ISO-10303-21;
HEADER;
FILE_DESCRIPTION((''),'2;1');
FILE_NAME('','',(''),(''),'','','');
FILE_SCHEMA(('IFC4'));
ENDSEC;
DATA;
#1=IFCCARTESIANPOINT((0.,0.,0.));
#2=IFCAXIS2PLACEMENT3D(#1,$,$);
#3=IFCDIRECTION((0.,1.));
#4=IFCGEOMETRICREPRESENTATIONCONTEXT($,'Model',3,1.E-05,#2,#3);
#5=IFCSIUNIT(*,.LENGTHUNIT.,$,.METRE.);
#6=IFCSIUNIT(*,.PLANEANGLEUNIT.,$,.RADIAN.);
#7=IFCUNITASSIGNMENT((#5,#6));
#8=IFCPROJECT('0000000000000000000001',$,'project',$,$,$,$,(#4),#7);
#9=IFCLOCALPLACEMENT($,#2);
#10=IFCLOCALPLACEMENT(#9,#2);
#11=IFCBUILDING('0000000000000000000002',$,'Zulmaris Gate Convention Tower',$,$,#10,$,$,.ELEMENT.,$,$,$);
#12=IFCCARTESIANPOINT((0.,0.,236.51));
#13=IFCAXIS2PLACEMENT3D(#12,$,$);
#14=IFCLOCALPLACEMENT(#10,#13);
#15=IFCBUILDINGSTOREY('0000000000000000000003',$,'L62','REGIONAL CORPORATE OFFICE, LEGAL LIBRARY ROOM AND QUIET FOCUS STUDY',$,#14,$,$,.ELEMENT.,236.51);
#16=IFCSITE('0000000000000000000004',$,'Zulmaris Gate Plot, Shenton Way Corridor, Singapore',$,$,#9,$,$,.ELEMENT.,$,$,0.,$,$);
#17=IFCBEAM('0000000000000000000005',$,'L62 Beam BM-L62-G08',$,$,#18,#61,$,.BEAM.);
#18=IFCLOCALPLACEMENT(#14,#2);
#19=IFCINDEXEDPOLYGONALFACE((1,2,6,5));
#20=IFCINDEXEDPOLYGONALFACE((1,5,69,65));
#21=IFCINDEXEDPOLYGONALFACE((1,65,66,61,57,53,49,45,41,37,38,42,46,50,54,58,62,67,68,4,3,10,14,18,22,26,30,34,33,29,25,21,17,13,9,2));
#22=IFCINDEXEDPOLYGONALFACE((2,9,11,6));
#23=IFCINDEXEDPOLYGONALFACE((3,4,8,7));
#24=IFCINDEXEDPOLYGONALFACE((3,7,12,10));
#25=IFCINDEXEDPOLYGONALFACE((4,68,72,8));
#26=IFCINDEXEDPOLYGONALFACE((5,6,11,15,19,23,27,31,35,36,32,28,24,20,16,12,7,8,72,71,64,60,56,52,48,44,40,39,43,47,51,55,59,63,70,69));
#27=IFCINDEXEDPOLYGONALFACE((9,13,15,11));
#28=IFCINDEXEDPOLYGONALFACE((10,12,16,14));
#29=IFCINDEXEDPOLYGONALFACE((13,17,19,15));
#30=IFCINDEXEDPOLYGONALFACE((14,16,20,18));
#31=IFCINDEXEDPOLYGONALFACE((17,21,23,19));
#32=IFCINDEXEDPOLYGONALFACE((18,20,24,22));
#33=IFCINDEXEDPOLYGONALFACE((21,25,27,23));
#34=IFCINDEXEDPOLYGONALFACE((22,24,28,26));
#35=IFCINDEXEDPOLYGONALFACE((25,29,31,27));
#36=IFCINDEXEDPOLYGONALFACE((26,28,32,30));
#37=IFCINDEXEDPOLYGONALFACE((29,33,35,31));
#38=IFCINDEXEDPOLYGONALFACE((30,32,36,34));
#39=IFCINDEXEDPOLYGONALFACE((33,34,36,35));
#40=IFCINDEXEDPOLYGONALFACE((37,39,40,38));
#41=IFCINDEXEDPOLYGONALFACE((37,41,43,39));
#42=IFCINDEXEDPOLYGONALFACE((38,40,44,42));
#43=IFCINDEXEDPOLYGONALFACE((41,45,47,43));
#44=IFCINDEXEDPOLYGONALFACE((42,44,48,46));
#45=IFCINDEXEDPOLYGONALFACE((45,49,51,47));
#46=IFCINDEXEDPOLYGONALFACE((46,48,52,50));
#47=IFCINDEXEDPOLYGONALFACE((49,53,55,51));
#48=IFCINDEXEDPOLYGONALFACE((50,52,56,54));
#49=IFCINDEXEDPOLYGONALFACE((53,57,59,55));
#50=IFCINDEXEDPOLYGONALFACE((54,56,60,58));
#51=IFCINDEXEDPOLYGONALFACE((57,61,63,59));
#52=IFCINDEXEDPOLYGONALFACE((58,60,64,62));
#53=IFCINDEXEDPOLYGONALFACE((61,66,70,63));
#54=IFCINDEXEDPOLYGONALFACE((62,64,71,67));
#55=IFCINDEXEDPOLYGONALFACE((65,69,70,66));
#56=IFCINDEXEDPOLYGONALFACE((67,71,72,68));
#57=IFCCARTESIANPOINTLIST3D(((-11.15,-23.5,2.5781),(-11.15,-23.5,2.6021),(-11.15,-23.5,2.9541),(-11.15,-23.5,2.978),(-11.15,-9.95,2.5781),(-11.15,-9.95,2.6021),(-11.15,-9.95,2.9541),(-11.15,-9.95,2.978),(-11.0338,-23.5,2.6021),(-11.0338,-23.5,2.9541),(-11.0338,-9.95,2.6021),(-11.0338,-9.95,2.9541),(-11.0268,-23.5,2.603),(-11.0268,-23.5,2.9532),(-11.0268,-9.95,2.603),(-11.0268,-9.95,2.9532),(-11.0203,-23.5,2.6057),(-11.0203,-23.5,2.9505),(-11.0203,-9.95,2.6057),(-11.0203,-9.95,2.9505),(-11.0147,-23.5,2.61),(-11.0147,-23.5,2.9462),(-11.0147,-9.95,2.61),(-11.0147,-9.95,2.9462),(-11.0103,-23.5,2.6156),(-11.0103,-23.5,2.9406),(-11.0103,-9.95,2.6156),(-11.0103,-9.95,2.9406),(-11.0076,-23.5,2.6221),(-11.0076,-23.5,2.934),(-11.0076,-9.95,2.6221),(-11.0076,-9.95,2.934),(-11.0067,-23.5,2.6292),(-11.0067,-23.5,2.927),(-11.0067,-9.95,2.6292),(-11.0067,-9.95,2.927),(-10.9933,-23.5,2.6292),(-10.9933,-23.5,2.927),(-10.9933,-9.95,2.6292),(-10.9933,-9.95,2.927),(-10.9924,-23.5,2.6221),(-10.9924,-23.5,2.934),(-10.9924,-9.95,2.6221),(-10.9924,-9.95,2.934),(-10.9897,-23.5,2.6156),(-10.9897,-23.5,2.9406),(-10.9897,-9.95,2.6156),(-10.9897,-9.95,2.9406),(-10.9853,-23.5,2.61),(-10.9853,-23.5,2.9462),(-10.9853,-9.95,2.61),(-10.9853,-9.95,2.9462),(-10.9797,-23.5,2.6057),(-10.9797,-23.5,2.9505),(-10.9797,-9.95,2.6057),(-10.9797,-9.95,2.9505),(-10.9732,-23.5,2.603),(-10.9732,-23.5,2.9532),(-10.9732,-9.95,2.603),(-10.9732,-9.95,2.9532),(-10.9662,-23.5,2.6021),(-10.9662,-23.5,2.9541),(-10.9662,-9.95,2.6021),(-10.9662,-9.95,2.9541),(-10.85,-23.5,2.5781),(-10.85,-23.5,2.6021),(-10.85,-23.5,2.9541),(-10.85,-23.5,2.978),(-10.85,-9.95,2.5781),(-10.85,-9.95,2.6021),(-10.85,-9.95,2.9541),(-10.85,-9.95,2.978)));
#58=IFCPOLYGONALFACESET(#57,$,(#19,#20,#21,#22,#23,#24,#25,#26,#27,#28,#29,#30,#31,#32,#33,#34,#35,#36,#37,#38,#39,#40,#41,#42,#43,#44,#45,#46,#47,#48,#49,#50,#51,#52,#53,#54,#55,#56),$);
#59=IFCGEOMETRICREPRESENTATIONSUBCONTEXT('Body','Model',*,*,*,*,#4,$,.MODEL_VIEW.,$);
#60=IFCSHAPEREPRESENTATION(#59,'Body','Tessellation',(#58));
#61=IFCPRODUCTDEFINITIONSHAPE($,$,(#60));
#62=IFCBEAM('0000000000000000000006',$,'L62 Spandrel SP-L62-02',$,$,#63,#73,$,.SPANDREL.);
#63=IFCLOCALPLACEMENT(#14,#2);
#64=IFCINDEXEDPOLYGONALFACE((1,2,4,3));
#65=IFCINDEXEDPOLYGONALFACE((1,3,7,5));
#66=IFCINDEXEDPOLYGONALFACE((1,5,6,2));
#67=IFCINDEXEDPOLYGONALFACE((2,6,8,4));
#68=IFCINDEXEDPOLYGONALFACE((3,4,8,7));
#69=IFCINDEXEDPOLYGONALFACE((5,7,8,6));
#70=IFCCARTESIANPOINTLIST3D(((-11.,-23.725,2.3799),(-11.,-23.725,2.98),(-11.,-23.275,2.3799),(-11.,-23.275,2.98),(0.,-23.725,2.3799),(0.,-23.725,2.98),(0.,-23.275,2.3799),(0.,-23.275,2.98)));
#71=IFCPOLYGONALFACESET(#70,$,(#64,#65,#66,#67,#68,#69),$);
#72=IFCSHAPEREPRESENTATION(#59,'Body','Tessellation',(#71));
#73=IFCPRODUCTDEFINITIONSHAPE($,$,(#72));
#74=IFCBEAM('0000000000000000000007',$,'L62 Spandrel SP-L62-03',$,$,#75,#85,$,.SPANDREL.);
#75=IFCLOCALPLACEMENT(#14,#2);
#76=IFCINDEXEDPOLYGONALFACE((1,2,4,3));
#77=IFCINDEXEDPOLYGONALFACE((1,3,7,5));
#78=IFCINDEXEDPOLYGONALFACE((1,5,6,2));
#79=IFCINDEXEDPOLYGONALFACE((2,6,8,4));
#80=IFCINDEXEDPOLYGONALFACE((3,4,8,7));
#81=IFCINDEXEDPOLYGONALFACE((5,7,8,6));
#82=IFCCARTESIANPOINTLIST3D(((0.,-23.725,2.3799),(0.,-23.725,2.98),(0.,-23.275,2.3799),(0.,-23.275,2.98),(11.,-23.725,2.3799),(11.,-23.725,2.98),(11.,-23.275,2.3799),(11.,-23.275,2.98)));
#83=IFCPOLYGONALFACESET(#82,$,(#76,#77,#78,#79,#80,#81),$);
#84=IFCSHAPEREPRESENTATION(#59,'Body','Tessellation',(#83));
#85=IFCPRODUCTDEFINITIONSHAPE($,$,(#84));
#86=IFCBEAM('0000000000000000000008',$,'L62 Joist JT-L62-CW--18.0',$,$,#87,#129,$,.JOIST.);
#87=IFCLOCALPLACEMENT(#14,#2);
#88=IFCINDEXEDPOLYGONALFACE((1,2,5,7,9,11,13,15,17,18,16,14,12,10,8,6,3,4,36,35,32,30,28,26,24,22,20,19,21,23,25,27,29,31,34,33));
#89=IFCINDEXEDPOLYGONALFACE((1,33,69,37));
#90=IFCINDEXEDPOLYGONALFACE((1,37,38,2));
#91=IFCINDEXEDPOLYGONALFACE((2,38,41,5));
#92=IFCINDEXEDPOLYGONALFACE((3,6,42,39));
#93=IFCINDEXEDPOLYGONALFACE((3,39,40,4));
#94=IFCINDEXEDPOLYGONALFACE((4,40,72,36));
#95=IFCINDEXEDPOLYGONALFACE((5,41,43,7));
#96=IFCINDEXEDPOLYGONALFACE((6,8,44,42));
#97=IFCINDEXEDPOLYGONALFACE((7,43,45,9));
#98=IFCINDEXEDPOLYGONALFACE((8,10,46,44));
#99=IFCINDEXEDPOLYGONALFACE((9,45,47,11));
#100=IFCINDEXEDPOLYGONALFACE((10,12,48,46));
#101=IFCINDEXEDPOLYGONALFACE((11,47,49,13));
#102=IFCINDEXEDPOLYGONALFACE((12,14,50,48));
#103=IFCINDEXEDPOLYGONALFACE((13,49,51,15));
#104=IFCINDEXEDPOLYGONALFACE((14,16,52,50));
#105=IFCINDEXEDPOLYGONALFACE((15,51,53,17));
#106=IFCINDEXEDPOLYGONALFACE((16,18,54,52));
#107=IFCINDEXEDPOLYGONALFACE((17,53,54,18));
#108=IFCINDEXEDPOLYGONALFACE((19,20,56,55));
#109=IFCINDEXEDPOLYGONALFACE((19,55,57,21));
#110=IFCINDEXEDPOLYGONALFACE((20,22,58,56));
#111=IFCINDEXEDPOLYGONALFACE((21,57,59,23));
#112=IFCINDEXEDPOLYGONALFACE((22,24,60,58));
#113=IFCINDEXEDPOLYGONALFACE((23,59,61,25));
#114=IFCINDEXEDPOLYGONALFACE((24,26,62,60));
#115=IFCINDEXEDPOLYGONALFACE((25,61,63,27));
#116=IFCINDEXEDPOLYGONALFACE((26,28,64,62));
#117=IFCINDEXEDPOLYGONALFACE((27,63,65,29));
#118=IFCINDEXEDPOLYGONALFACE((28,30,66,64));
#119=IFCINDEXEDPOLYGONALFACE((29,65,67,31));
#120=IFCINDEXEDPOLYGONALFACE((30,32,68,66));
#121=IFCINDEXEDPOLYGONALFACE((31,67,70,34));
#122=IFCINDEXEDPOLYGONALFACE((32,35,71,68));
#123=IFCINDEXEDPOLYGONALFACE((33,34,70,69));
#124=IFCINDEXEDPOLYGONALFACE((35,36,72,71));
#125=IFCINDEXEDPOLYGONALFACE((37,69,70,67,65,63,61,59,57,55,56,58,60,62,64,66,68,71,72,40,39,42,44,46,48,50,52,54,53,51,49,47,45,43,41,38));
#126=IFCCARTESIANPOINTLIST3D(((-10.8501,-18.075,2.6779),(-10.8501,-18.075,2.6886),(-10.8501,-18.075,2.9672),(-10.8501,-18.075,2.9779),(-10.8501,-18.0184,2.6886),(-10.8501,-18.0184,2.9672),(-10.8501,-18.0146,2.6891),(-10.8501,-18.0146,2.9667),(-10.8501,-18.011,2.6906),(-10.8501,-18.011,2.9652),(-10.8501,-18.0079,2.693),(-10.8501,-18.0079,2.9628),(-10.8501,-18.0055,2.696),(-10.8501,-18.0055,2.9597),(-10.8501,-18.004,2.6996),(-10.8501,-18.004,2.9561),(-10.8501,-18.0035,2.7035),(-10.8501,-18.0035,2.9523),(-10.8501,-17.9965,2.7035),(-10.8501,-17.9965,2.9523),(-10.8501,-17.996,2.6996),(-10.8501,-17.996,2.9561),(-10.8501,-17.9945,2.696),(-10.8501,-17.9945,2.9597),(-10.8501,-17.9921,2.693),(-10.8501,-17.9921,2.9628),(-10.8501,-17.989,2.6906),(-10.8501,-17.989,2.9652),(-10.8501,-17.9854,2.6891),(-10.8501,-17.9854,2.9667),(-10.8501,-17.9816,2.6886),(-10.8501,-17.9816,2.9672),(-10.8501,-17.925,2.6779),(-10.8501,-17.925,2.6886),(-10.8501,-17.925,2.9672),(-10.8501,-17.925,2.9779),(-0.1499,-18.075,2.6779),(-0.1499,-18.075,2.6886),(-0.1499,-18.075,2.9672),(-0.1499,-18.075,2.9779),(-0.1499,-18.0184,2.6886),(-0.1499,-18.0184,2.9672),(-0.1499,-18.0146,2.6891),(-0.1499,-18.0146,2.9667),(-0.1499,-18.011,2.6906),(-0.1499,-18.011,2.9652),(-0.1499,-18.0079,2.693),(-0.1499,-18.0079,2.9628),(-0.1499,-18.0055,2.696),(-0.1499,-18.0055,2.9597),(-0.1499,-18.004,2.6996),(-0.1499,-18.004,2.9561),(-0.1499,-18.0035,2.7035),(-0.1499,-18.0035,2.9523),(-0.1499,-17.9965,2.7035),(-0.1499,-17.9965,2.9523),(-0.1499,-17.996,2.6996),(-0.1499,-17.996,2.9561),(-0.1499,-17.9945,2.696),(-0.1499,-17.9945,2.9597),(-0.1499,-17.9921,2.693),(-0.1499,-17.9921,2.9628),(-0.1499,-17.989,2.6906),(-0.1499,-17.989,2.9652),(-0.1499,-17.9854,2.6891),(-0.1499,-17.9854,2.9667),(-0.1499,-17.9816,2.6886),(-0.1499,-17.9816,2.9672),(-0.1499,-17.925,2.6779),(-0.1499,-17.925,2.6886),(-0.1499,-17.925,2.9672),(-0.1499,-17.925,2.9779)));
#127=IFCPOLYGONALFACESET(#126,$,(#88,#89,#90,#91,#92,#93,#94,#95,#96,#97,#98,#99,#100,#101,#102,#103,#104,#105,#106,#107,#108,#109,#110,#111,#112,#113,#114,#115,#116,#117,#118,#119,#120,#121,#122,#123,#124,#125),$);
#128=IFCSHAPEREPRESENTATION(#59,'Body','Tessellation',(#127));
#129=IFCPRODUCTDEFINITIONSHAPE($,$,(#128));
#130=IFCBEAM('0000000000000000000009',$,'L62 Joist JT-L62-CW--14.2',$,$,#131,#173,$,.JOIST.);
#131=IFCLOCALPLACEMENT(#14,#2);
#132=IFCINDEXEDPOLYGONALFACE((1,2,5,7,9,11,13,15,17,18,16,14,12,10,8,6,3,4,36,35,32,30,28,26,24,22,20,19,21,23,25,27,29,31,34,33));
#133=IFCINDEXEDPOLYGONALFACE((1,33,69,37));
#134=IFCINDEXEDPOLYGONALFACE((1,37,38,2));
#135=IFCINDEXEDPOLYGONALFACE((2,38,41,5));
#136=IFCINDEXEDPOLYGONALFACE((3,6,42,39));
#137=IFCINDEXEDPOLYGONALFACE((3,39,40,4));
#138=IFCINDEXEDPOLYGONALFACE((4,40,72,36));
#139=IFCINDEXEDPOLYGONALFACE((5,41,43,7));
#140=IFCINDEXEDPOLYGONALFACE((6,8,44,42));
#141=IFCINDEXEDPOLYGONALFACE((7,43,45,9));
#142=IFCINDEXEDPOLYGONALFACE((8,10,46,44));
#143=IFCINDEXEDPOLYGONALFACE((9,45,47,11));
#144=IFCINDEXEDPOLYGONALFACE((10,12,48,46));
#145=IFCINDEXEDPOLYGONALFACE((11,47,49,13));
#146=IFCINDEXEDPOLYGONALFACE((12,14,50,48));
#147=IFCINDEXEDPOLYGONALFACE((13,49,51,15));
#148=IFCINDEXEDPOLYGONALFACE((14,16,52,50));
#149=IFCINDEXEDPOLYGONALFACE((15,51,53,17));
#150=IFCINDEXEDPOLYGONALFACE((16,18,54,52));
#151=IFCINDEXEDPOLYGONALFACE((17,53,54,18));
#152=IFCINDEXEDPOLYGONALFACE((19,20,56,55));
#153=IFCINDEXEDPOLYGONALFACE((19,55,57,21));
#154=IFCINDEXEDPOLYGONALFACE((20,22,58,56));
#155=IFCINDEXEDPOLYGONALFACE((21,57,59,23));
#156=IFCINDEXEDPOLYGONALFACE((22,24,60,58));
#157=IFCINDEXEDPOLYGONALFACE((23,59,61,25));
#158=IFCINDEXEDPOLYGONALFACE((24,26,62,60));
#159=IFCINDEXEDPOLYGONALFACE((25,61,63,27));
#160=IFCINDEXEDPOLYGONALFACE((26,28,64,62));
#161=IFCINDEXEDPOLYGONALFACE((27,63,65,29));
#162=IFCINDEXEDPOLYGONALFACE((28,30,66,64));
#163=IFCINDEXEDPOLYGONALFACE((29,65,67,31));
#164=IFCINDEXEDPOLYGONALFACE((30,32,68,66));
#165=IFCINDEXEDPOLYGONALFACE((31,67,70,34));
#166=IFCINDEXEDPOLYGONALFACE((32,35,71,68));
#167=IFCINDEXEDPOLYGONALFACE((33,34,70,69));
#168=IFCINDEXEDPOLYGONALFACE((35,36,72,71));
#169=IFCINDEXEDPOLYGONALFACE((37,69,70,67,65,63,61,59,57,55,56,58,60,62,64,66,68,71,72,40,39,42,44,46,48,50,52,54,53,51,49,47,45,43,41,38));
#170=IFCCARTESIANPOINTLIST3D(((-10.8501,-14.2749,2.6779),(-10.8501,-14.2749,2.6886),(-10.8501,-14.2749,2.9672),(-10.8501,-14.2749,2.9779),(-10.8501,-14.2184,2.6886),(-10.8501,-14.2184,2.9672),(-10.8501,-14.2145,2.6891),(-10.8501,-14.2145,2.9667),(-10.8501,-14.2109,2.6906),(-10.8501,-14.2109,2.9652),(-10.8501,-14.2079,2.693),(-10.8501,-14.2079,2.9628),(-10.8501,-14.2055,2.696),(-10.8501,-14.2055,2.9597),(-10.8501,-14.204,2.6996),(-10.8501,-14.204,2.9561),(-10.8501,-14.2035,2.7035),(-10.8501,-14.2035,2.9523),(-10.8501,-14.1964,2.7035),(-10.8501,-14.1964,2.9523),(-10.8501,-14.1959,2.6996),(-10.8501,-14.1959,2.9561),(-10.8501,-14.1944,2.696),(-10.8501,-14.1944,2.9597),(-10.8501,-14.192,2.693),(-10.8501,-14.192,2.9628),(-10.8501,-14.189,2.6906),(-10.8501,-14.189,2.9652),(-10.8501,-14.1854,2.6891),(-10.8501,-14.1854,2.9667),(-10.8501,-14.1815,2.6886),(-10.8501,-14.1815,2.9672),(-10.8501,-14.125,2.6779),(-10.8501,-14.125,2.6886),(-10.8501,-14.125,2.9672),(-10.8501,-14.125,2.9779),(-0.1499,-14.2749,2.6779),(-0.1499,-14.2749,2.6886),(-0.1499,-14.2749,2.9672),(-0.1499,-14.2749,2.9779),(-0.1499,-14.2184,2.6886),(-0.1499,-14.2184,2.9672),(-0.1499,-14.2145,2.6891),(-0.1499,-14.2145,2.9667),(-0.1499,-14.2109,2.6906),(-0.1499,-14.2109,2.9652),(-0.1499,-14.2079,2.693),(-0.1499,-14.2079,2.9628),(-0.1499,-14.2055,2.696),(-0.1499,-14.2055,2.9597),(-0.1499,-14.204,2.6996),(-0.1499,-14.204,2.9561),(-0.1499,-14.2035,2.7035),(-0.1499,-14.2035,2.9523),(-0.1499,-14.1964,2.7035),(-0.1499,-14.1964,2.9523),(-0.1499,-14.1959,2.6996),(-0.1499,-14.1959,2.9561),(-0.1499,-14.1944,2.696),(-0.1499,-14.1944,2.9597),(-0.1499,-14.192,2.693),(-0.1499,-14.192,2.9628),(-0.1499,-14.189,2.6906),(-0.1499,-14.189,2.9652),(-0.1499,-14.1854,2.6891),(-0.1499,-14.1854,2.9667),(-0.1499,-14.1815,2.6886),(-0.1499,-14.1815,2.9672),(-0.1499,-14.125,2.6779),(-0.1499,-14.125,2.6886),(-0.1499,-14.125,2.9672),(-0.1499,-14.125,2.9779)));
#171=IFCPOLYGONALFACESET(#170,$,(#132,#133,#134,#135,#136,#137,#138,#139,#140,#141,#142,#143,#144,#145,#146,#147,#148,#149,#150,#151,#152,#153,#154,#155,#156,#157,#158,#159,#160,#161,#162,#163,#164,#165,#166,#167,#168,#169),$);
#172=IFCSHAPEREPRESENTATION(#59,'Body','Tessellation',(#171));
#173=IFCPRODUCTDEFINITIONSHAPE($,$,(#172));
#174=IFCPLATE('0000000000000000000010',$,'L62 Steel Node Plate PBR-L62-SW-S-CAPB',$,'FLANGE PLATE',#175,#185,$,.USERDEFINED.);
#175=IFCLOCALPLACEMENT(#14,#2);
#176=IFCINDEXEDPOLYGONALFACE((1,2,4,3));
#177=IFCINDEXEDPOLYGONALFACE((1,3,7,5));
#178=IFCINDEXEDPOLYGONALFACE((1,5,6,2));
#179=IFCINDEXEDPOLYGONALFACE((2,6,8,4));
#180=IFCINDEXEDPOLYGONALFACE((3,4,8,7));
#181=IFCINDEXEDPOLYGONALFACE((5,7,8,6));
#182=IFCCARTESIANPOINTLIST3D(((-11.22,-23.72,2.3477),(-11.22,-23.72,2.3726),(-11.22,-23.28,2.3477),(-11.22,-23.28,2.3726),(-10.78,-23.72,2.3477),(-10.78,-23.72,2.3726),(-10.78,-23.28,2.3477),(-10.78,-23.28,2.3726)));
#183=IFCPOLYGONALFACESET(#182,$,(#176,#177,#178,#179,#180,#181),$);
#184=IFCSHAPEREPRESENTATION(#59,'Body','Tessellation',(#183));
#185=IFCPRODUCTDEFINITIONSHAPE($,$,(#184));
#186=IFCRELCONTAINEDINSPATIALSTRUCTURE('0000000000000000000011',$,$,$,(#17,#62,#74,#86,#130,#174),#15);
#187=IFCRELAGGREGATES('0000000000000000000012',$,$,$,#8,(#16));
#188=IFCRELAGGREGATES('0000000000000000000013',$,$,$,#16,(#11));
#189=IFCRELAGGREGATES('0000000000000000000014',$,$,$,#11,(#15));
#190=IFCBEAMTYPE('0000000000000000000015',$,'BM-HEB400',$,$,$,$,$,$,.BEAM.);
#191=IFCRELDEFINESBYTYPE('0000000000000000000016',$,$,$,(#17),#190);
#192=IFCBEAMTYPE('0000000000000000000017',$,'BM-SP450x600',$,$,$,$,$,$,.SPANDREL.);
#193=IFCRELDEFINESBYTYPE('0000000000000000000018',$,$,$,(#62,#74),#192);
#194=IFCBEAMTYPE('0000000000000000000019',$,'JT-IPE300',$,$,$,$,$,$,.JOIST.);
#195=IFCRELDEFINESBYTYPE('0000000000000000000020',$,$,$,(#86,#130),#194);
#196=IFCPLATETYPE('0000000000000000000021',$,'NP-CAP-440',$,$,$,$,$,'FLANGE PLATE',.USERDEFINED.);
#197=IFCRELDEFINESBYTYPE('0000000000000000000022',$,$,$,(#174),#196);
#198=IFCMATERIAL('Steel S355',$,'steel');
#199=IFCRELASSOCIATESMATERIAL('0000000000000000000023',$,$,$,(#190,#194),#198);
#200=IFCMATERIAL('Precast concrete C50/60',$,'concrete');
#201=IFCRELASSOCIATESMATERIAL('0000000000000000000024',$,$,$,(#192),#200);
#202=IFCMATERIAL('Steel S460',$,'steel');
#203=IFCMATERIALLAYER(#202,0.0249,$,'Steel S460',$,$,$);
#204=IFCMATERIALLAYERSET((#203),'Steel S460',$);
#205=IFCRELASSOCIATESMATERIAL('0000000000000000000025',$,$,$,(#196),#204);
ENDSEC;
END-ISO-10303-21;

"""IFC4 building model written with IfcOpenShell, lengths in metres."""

from ifc_helpers import new_model, si_unit, direction, frame, origin, origin_2d, place, context, subcontext, project, spatial, rectangle, i_section, extrude, material, layer, layer_set, material_profile, profile_set, type_object, element, save


model = new_model("IFC4")

# Units and contexts
model_context = context("Model", 3, precision=1e-05, world=origin(), true_north=direction((0.0, 1.0)))
body_context = subcontext(model_context, "Body", "Model", "MODEL_VIEW")
ifc_project = project(units=[si_unit("LENGTHUNIT", "METRE"), si_unit("PLANEANGLEUNIT", "RADIAN")], contexts=[model_context])

# Site, building, storey
site_placement = place(None, origin())
site = spatial("IfcSite", under=ifc_project, at=site_placement, Name="Zulmaris Gate Plot, Shenton Way Corridor, Singapore", CompositionType="ELEMENT", RefElevation=0.0)
building_placement = place(site_placement, origin())
building = spatial("IfcBuilding", under=site, at=building_placement, Name="Zulmaris Gate Convention Tower", CompositionType="ELEMENT")
storey_placement = place(building_placement, frame((0.0, 0.0, 236.51)))
storey = spatial("IfcBuildingStorey", under=building, at=storey_placement, Name="L62", Description="REGIONAL CORPORATE OFFICE, LEGAL LIBRARY ROOM AND QUIET FOCUS STUDY", CompositionType="ELEMENT", Elevation=236.51)

# Beams
ifc_material_1 = material(Name="Steel S355", Category="steel")
ifc_material_profile_1 = material_profile(ifc_material_1, i_section(OverallWidth=0.3, OverallDepth=0.3999, WebThickness=0.0134, FlangeThickness=0.0239, FilletRadius=0.0271, at=origin_2d()), Name="HEB 400")
ifc_profile_set_1 = profile_set([ifc_material_profile_1], Name="Steel S355")
beam_type_1 = type_object("IfcBeamType", Name="BM-HEB400", PredefinedType="BEAM", material=ifc_profile_set_1)
beam_1_placement = place(storey_placement, frame((-11.0, -23.5, 2.7781), z_axis=(0.0, 1.0, 0.0), x_axis=(-1.0, 0.0, 0.0)))
element("IfcBeam", 1, at=beam_1_placement, inside=storey, type_object=beam_type_1, Name="L62 Beam BM-L62-G08", PredefinedType="BEAM", context=body_context, shape_type="SweptSolid", body=[
    extrude(i_section(OverallWidth=0.3, OverallDepth=0.3999, WebThickness=0.0134, FlangeThickness=0.0239, FilletRadius=0.0271, at=origin_2d()), origin(), (0.0, 0.0, 1.0), 13.55),
])
ifc_material_2 = material(Name="Precast concrete C50/60", Category="concrete")
ifc_material_profile_2 = material_profile(ifc_material_2, rectangle(XDim=0.45, YDim=0.6001, at=origin_2d()), Name="RC SPANDREL 450x600")
ifc_profile_set_2 = profile_set([ifc_material_profile_2], Name="Precast concrete C50/60")
beam_type_2 = type_object("IfcBeamType", Name="BM-SP450x600", PredefinedType="SPANDREL", material=ifc_profile_set_2)
for number, where, z_axis, x_axis, name in (
    (2, (-11.0, -23.5, 2.6799), (1.0, 0.0, 0.0), (0.0, 1.0, 0.0), "L62 Spandrel SP-L62-02"),
    (3, (0.0, -23.5, 2.6799), (1.0, 0.0, 0.0), (0.0, 1.0, 0.0), "L62 Spandrel SP-L62-03"),
):
    element("IfcBeam", number, at=place(storey_placement, frame(where, z_axis=z_axis, x_axis=x_axis)), inside=storey, type_object=beam_type_2, Name=name, PredefinedType="SPANDREL", context=body_context, shape_type="SweptSolid", body=[
        extrude(rectangle(XDim=0.45, YDim=0.6001, at=origin_2d()), origin(), (0.0, 0.0, 1.0), 11.0),
    ])
ifc_material_profile_3 = material_profile(ifc_material_1, i_section(OverallWidth=0.1499, OverallDepth=0.3, WebThickness=0.0071, FlangeThickness=0.0107, FilletRadius=0.0149, at=origin_2d()), Name="IPE 300")
ifc_profile_set_3 = profile_set([ifc_material_profile_3], Name="Steel S355")
beam_type_3 = type_object("IfcBeamType", Name="JT-IPE300", PredefinedType="JOIST", material=ifc_profile_set_3)
for number, where, z_axis, x_axis, name in (
    (4, (-10.8501, -18.0, 2.8279), (1.0, 0.0, 0.0), (0.0, 1.0, 0.0), "L62 Joist JT-L62-CW--18.0"),
    (5, (-10.8501, -14.2, 2.8279), (1.0, 0.0, 0.0), (0.0, 1.0, 0.0), "L62 Joist JT-L62-CW--14.2"),
):
    element("IfcBeam", number, at=place(storey_placement, frame(where, z_axis=z_axis, x_axis=x_axis)), inside=storey, type_object=beam_type_3, Name=name, PredefinedType="JOIST", context=body_context, shape_type="SweptSolid", body=[
        extrude(i_section(OverallWidth=0.1499, OverallDepth=0.3, WebThickness=0.0071, FlangeThickness=0.0107, FilletRadius=0.0149, at=origin_2d()), origin(), (0.0, 0.0, 1.0), 10.7002),
    ])

# Plate
ifc_material_3 = material(Name="Steel S460", Category="steel")
ifc_layer_1 = layer(ifc_material_3, 0.0249, Name="Steel S460")
ifc_layer_set_1 = layer_set([ifc_layer_1], Name="Steel S460")
plate_type = type_object("IfcPlateType", Name="NP-CAP-440", ElementType="FLANGE PLATE", PredefinedType="USERDEFINED", material=ifc_layer_set_1)
plate_placement = place(storey_placement, frame((-11.0, -23.5, 2.3477), z_axis=(0.0, 0.0, 1.0), x_axis=(1.0, 0.0, 0.0)))
element("IfcPlate", 6, at=plate_placement, inside=storey, type_object=plate_type, Name="L62 Steel Node Plate PBR-L62-SW-S-CAPB", ObjectType="FLANGE PLATE", PredefinedType="USERDEFINED", context=body_context, shape_type="SweptSolid", body=[
    extrude(rectangle(XDim=0.4399, YDim=0.4399, at=origin_2d()), origin(), (0.0, 0.0, 1.0), 0.0249),
])

save(model, "model.ifc")
